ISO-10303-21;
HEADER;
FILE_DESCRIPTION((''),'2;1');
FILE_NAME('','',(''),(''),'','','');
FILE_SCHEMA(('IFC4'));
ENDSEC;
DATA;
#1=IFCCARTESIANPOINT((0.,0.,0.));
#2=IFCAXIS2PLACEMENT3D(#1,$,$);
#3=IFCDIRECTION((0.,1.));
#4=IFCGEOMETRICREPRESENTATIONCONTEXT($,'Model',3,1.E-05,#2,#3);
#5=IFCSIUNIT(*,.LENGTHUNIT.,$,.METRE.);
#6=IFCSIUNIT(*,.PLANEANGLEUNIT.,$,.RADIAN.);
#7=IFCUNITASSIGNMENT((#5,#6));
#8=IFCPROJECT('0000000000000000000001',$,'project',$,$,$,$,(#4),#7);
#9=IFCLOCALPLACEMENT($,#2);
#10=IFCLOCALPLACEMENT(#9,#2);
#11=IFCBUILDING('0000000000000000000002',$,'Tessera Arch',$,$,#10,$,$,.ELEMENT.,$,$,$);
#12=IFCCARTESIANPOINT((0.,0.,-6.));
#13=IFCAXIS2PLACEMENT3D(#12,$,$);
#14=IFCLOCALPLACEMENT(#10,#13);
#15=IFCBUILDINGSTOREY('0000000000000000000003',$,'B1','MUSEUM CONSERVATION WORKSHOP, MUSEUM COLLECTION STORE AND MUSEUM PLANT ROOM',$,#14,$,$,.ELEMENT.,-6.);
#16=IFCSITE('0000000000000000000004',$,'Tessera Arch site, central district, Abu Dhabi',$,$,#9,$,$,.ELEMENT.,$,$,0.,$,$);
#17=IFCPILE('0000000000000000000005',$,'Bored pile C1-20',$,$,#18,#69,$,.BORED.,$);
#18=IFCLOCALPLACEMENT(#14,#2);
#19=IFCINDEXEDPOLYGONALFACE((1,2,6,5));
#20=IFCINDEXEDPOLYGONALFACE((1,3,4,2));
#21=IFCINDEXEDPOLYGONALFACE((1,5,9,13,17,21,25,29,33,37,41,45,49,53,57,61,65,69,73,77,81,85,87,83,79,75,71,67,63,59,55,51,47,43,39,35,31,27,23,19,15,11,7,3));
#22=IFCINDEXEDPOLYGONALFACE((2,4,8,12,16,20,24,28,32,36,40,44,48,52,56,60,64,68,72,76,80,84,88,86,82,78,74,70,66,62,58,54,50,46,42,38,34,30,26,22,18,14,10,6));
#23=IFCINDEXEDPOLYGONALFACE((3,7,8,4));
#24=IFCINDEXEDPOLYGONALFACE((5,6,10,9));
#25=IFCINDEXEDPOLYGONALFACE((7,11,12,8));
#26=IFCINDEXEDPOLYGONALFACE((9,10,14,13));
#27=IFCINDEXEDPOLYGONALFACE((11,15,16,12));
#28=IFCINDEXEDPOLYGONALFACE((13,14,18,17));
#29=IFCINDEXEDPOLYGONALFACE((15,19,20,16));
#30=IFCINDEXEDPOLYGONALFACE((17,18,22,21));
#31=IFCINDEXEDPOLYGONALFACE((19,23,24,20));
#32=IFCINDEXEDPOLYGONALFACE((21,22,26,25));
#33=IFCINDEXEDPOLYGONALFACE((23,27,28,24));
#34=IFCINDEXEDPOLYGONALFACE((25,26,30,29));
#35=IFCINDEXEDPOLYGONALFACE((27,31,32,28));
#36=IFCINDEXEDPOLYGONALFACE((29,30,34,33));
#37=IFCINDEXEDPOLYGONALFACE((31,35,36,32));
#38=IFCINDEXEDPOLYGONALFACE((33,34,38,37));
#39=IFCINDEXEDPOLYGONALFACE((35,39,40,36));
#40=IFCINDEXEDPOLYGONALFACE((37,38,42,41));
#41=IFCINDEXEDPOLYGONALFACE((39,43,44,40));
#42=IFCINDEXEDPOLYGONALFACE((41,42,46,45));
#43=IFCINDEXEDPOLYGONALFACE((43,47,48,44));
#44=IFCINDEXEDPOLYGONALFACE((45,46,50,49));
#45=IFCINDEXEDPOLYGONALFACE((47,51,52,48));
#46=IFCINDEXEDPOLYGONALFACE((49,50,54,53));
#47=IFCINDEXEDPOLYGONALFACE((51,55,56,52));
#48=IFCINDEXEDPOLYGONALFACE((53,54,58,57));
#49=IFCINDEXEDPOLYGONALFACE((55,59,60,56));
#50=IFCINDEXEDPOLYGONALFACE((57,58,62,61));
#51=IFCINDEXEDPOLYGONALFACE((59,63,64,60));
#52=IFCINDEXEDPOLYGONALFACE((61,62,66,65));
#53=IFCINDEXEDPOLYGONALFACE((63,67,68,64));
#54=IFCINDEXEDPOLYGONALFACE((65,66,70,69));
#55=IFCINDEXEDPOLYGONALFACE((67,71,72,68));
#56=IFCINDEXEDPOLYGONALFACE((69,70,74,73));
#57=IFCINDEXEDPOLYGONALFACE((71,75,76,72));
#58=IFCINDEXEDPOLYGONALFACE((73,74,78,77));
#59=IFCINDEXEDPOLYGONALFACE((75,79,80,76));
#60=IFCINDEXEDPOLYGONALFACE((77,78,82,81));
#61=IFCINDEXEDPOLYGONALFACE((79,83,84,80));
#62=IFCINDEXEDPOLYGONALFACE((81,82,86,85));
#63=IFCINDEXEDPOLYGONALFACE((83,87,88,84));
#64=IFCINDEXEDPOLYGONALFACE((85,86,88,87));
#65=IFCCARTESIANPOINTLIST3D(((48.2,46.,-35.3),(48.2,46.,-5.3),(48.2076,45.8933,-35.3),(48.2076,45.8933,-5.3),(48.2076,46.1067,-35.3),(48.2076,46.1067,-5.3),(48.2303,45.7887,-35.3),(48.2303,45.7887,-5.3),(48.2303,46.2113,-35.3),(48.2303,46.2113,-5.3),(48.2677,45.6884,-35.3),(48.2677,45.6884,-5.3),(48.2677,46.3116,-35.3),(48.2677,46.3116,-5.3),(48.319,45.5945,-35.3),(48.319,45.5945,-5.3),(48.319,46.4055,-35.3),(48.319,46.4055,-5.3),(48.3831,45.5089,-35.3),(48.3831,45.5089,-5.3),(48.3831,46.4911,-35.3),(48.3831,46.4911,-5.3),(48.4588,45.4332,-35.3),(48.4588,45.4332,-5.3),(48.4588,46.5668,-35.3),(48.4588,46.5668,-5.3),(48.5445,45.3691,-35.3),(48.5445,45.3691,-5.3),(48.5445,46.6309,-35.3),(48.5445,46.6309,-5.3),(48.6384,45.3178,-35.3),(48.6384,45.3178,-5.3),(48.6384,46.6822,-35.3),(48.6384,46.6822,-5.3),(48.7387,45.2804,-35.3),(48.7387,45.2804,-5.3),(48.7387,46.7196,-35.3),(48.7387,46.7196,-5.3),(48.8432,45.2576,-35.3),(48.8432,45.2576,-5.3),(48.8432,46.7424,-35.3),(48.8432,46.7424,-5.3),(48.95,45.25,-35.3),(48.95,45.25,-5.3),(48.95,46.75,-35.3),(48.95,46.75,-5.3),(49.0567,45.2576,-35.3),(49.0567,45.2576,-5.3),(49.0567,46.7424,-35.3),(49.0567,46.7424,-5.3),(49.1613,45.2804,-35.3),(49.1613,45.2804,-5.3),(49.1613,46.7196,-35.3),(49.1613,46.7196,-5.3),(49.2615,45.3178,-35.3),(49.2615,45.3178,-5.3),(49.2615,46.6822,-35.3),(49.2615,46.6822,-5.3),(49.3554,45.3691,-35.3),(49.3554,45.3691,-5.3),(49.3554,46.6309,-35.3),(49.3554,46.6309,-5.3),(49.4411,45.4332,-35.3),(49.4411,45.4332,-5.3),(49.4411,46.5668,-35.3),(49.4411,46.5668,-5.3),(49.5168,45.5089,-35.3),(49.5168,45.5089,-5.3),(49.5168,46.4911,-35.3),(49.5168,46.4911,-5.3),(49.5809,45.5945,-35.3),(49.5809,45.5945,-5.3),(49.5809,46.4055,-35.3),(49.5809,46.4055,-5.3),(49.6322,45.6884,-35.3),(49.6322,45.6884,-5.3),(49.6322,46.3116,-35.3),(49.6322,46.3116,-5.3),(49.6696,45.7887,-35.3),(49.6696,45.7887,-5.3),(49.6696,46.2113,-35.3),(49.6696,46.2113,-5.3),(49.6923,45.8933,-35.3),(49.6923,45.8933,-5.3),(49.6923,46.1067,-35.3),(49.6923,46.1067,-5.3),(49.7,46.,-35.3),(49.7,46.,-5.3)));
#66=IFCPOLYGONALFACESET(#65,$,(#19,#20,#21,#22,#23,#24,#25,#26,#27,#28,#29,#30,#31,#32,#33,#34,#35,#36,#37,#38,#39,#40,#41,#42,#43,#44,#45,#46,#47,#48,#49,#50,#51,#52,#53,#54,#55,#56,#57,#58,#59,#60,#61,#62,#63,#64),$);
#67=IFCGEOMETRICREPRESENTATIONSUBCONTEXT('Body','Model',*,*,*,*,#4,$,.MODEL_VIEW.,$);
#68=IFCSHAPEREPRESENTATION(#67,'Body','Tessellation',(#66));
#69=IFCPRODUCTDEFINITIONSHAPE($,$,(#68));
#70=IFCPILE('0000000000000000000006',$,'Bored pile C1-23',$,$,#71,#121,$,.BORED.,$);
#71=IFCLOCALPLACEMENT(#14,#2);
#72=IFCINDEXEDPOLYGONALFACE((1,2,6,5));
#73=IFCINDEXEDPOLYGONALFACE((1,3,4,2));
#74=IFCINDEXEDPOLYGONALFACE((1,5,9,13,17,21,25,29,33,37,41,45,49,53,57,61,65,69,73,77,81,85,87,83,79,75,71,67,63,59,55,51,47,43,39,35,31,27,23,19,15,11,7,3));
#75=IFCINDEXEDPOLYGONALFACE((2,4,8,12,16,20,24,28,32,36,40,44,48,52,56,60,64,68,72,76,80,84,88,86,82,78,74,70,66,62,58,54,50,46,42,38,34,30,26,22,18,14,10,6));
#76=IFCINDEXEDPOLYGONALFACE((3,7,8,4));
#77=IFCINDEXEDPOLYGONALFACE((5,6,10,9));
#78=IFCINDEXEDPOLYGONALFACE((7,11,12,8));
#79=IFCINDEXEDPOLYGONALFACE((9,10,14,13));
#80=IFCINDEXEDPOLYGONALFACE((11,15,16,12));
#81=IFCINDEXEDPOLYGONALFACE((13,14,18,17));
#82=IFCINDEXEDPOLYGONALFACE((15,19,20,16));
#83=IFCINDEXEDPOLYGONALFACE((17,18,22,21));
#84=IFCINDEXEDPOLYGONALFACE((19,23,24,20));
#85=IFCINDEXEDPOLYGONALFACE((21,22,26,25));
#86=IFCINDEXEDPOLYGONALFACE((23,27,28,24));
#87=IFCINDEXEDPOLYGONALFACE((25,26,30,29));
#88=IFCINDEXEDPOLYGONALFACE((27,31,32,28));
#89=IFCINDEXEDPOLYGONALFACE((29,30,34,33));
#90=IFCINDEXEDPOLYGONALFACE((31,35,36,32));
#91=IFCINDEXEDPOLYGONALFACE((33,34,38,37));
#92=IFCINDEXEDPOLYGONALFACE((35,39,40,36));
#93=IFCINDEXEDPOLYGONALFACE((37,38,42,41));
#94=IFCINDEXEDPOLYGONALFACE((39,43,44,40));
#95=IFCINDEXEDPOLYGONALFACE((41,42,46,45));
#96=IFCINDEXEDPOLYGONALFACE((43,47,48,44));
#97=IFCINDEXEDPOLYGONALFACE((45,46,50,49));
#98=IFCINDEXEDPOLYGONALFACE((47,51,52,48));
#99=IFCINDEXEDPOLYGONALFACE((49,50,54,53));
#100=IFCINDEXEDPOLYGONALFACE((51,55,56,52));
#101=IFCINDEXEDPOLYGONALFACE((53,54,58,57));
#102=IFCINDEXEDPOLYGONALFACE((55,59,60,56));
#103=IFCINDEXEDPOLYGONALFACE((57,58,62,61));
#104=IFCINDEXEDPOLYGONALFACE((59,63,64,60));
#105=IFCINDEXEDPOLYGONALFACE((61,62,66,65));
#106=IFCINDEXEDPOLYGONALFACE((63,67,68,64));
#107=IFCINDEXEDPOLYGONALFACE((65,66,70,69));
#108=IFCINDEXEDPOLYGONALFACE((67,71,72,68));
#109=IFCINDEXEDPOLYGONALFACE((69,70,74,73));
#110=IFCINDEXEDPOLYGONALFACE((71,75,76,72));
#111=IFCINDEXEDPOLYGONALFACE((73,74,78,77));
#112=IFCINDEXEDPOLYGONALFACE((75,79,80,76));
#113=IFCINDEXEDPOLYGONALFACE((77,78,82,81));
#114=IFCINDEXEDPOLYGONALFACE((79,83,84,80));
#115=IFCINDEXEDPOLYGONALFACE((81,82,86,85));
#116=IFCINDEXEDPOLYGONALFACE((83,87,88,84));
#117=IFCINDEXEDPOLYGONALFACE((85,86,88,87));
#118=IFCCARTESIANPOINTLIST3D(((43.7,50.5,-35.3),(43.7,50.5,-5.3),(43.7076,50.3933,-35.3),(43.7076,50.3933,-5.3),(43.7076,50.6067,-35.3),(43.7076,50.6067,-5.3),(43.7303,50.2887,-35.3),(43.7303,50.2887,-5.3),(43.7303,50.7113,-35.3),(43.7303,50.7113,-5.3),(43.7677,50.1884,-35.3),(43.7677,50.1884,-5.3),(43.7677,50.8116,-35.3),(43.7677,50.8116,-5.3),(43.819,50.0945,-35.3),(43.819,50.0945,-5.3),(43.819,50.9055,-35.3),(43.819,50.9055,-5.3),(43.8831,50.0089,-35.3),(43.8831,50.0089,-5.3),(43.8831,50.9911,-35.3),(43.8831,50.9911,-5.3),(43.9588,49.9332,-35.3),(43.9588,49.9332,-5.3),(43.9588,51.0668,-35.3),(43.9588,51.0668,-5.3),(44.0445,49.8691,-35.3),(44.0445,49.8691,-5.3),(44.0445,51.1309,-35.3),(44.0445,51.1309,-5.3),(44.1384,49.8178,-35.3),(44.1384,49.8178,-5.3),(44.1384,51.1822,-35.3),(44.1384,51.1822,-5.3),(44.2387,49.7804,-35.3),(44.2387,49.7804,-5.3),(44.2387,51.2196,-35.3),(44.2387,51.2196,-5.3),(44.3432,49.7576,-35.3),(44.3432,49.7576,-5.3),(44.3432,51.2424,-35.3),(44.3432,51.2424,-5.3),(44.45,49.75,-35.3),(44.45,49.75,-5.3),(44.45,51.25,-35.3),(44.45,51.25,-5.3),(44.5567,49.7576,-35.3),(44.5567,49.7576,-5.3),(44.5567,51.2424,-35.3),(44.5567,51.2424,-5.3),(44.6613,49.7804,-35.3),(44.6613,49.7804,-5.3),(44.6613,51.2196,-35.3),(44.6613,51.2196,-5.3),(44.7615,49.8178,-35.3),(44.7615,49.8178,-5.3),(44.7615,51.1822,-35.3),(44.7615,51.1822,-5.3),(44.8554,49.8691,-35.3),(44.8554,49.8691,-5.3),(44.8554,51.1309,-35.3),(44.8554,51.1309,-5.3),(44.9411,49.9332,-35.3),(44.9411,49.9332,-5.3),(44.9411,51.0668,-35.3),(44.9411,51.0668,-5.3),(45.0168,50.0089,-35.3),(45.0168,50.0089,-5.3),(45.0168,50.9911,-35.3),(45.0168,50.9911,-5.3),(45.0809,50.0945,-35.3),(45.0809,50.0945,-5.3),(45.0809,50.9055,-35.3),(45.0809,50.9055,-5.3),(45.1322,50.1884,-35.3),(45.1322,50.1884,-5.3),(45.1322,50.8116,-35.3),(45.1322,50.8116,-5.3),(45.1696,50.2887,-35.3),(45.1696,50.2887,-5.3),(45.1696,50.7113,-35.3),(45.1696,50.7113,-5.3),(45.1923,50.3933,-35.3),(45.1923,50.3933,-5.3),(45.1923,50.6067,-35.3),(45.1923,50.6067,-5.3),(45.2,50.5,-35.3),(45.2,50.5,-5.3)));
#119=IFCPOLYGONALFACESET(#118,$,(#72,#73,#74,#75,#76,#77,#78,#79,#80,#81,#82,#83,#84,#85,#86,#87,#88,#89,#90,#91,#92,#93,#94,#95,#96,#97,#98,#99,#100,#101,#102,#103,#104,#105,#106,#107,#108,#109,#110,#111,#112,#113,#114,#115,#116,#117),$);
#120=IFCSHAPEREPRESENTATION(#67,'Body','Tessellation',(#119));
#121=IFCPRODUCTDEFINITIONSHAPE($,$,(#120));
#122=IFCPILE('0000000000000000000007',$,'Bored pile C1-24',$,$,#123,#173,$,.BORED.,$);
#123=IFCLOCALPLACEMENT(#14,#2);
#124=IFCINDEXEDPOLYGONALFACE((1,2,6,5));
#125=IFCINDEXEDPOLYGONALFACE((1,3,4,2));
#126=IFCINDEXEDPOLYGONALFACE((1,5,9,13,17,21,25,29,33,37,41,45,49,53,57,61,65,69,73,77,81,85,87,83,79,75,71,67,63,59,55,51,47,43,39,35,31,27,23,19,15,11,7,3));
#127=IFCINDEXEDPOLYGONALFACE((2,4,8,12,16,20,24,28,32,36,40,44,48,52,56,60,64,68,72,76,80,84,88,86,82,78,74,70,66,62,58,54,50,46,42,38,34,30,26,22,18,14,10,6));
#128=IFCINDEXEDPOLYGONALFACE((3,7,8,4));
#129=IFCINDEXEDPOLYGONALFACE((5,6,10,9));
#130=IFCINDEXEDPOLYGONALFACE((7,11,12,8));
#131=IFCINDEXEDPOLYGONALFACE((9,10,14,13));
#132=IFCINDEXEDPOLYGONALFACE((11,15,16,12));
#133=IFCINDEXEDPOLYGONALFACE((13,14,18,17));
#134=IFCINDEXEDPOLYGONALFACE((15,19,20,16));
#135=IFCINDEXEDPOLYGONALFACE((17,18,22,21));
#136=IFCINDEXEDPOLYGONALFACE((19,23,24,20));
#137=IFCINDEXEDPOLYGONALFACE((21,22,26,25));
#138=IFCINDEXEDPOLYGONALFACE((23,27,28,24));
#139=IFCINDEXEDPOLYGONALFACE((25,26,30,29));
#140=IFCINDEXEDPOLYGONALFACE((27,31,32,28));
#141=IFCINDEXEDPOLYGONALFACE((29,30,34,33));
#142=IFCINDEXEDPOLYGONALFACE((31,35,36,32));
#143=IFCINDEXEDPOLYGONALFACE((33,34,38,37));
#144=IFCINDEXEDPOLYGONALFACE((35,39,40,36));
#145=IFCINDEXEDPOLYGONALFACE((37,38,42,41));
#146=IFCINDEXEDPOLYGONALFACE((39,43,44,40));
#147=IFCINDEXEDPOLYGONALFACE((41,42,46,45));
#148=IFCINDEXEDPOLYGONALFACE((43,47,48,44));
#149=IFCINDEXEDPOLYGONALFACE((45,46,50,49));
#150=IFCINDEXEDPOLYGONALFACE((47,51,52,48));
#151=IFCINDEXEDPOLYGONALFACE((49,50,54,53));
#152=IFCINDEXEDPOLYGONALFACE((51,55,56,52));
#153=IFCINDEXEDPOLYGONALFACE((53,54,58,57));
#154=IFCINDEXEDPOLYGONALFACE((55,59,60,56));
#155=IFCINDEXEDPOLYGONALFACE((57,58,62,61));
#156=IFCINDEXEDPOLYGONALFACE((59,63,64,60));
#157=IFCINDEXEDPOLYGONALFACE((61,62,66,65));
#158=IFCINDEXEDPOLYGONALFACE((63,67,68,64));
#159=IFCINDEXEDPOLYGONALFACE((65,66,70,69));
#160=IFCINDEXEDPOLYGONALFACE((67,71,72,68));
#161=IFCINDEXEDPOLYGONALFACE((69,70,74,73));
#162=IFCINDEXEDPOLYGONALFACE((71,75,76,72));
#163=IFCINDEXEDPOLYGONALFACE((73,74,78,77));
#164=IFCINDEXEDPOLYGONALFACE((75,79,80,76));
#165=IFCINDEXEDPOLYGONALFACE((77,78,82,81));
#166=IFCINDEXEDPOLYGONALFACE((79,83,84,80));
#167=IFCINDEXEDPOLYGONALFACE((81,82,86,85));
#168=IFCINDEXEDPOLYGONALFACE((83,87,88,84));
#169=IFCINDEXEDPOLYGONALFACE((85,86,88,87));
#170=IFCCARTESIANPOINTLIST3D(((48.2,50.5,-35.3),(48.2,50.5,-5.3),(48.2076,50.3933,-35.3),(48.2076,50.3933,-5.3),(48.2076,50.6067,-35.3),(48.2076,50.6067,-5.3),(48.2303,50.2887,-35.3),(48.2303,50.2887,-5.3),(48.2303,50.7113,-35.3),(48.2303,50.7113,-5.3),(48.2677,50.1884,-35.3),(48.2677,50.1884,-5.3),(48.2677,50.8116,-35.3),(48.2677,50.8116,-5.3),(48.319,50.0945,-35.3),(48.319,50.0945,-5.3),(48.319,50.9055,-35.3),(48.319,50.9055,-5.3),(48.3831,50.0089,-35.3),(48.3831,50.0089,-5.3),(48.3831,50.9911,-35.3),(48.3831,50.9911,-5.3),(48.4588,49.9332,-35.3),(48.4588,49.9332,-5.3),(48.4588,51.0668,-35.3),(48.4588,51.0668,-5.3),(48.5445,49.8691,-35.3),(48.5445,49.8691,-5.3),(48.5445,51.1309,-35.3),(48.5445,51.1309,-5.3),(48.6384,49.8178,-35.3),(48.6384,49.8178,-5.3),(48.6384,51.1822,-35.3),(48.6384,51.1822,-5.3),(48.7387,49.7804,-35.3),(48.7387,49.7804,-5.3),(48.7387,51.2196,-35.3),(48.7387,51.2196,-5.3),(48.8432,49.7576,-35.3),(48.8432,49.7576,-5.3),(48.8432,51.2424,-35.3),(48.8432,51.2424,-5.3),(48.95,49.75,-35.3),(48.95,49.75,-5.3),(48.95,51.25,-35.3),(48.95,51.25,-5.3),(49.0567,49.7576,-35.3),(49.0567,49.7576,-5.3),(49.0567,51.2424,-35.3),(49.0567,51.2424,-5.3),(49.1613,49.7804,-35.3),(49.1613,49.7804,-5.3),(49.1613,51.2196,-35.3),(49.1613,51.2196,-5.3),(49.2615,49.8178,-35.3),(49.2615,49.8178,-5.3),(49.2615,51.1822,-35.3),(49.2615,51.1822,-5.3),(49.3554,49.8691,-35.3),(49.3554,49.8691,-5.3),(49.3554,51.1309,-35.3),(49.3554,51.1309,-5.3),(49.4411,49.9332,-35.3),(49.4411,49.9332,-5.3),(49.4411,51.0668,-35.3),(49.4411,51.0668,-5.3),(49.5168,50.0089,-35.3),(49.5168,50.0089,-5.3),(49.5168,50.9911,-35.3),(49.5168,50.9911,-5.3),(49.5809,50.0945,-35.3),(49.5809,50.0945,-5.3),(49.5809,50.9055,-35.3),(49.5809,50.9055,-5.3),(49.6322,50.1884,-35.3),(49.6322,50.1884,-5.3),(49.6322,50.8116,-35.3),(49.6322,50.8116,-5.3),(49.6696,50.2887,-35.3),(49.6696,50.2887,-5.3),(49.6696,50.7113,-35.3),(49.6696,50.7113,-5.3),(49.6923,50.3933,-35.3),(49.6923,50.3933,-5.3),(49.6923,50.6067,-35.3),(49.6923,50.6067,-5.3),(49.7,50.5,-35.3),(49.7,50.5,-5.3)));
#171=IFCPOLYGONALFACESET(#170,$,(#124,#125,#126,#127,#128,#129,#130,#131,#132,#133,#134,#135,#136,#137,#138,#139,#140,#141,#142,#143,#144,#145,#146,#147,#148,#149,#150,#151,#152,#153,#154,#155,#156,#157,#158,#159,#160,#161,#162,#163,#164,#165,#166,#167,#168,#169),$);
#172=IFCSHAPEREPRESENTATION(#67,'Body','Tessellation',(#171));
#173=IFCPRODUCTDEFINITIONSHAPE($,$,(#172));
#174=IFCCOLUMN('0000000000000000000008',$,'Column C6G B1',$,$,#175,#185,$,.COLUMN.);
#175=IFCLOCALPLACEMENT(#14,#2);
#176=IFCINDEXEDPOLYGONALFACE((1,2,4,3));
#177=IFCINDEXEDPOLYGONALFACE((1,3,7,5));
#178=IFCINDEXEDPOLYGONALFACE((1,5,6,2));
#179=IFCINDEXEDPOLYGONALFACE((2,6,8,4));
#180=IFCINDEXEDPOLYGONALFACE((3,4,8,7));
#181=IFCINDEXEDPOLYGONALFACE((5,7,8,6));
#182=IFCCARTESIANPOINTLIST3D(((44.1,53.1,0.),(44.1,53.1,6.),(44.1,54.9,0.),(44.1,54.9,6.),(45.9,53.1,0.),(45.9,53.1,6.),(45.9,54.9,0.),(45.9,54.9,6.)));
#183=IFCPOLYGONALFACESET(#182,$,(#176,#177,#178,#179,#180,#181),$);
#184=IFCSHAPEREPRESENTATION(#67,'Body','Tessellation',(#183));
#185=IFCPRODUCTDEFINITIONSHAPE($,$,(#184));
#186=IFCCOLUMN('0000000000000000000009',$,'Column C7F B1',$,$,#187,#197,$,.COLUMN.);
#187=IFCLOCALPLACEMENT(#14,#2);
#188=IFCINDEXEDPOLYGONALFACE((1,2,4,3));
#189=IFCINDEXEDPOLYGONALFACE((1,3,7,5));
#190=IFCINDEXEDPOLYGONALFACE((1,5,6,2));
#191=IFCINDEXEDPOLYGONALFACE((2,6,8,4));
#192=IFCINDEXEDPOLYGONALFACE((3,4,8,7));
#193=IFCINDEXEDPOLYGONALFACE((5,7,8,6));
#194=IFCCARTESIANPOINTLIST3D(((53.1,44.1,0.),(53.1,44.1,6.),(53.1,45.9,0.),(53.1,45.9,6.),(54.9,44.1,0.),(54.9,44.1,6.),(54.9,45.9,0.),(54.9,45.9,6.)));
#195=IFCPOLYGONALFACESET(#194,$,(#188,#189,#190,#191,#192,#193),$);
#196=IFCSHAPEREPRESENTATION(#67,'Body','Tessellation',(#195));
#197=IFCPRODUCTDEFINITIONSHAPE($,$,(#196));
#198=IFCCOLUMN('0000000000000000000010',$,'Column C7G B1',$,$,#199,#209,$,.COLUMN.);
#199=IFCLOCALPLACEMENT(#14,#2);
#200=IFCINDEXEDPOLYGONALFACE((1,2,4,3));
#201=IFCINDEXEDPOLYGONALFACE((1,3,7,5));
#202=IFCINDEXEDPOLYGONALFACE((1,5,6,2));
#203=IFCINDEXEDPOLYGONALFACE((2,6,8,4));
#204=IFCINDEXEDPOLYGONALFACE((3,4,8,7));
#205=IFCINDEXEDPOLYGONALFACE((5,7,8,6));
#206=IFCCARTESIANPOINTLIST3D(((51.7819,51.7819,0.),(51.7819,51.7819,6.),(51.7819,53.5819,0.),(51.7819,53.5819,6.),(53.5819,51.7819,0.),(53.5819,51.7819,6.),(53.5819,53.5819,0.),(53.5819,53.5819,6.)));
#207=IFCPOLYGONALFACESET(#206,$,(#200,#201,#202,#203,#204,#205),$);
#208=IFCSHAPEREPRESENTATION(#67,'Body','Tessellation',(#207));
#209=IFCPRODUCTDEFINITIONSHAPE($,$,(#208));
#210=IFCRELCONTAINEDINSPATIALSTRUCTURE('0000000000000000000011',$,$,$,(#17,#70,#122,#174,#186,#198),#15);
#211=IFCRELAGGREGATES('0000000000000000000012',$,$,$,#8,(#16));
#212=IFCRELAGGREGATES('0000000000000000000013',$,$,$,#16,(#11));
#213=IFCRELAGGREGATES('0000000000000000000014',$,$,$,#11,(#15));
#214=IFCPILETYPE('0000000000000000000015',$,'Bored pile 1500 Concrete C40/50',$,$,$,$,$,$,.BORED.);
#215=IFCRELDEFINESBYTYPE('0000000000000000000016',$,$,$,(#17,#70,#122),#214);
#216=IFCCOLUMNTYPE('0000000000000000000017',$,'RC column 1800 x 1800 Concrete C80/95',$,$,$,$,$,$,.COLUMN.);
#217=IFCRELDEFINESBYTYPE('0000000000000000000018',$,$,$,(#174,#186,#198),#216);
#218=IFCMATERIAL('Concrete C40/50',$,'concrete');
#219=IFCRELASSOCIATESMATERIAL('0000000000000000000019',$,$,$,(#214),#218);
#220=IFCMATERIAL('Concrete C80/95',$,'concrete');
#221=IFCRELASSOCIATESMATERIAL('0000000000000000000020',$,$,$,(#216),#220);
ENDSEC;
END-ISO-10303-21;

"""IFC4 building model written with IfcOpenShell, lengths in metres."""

from ifc_helpers import new_model, si_unit, direction, frame, origin, origin_2d, place, context, subcontext, project, spatial, rectangle, circle, extrude, material, material_profile, profile_set, type_object, element, save


model = new_model("IFC4")

# Units and contexts
model_context = context("Model", 3, precision=1e-05, world=origin(), true_north=direction((0.0, 1.0)))
body_context = subcontext(model_context, "Body", "Model", "MODEL_VIEW")
ifc_project = project(units=[si_unit("LENGTHUNIT", "METRE"), si_unit("PLANEANGLEUNIT", "RADIAN")], contexts=[model_context])

# Site, building, storey
site_placement = place(None, origin())
site = spatial("IfcSite", under=ifc_project, at=site_placement, Name="Tessera Arch site, central district, Abu Dhabi", CompositionType="ELEMENT", RefElevation=0.0)
building_placement = place(site_placement, origin())
building = spatial("IfcBuilding", under=site, at=building_placement, Name="Tessera Arch", CompositionType="ELEMENT")
storey_placement = place(building_placement, frame((0.0, 0.0, -6.0)))
storey = spatial("IfcBuildingStorey", under=building, at=storey_placement, Name="B1", Description="MUSEUM CONSERVATION WORKSHOP, MUSEUM COLLECTION STORE AND MUSEUM PLANT ROOM", CompositionType="ELEMENT", Elevation=-6.0)

# Piles
ifc_material_1 = material(Name="Concrete C40/50", Category="concrete")
pile_type = type_object("IfcPileType", Name="Bored pile 1500 Concrete C40/50", PredefinedType="BORED", material=ifc_material_1)
for number, where, z_axis, x_axis, name in (
    (1, (48.95, 46.0, -5.3), (0.0, 0.0, -1.0), (1.0, 0.0, 0.0), "Bored pile C1-20"),
    (2, (44.45, 50.5, -5.3), (0.0, 0.0, -1.0), (1.0, 0.0, 0.0), "Bored pile C1-23"),
    (3, (48.95, 50.5, -5.3), (0.0, 0.0, -1.0), (1.0, 0.0, 0.0), "Bored pile C1-24"),
):
    element("IfcPile", number, at=place(storey_placement, frame(where, z_axis=z_axis, x_axis=x_axis)), inside=storey, type_object=pile_type, Name=name, PredefinedType="BORED", context=body_context, shape_type="SweptSolid", body=[
        extrude(circle(Radius=0.75, at=origin_2d()), origin(), (0.0, 0.0, 1.0), 30.0),
    ])

# Columns
ifc_material_2 = material(Name="Concrete C80/95", Category="concrete")
ifc_material_profile = material_profile(ifc_material_2, rectangle(XDim=1.8, YDim=1.8, at=origin_2d()), Name="RC column 1800 x 1800 Concrete C80/95")
ifc_profile_set = profile_set([ifc_material_profile], Name="Concrete C80/95")
column_type = type_object("IfcColumnType", Name="RC column 1800 x 1800 Concrete C80/95", PredefinedType="COLUMN", material=ifc_profile_set)
for number, where, z_axis, x_axis, name in (
    (4, (45.0, 54.0, 0.0), (0.0, 0.0, 1.0), (1.0, 0.0, 0.0), "Column C6G B1"),
    (5, (54.0, 45.0, 0.0), (0.0, 0.0, 1.0), (1.0, 0.0, 0.0), "Column C7F B1"),
    (6, (52.6819, 52.6819, 0.0), (0.0, 0.0, 1.0), (1.0, 0.0, 0.0), "Column C7G B1"),
):
    element("IfcColumn", number, at=place(storey_placement, frame(where, z_axis=z_axis, x_axis=x_axis)), inside=storey, type_object=column_type, Name=name, PredefinedType="COLUMN", context=body_context, shape_type="SweptSolid", body=[
        extrude(rectangle(XDim=1.8, YDim=1.8, at=origin_2d()), origin(), (0.0, 0.0, 1.0), 6.0),
    ])

save(model, "model.ifc")
